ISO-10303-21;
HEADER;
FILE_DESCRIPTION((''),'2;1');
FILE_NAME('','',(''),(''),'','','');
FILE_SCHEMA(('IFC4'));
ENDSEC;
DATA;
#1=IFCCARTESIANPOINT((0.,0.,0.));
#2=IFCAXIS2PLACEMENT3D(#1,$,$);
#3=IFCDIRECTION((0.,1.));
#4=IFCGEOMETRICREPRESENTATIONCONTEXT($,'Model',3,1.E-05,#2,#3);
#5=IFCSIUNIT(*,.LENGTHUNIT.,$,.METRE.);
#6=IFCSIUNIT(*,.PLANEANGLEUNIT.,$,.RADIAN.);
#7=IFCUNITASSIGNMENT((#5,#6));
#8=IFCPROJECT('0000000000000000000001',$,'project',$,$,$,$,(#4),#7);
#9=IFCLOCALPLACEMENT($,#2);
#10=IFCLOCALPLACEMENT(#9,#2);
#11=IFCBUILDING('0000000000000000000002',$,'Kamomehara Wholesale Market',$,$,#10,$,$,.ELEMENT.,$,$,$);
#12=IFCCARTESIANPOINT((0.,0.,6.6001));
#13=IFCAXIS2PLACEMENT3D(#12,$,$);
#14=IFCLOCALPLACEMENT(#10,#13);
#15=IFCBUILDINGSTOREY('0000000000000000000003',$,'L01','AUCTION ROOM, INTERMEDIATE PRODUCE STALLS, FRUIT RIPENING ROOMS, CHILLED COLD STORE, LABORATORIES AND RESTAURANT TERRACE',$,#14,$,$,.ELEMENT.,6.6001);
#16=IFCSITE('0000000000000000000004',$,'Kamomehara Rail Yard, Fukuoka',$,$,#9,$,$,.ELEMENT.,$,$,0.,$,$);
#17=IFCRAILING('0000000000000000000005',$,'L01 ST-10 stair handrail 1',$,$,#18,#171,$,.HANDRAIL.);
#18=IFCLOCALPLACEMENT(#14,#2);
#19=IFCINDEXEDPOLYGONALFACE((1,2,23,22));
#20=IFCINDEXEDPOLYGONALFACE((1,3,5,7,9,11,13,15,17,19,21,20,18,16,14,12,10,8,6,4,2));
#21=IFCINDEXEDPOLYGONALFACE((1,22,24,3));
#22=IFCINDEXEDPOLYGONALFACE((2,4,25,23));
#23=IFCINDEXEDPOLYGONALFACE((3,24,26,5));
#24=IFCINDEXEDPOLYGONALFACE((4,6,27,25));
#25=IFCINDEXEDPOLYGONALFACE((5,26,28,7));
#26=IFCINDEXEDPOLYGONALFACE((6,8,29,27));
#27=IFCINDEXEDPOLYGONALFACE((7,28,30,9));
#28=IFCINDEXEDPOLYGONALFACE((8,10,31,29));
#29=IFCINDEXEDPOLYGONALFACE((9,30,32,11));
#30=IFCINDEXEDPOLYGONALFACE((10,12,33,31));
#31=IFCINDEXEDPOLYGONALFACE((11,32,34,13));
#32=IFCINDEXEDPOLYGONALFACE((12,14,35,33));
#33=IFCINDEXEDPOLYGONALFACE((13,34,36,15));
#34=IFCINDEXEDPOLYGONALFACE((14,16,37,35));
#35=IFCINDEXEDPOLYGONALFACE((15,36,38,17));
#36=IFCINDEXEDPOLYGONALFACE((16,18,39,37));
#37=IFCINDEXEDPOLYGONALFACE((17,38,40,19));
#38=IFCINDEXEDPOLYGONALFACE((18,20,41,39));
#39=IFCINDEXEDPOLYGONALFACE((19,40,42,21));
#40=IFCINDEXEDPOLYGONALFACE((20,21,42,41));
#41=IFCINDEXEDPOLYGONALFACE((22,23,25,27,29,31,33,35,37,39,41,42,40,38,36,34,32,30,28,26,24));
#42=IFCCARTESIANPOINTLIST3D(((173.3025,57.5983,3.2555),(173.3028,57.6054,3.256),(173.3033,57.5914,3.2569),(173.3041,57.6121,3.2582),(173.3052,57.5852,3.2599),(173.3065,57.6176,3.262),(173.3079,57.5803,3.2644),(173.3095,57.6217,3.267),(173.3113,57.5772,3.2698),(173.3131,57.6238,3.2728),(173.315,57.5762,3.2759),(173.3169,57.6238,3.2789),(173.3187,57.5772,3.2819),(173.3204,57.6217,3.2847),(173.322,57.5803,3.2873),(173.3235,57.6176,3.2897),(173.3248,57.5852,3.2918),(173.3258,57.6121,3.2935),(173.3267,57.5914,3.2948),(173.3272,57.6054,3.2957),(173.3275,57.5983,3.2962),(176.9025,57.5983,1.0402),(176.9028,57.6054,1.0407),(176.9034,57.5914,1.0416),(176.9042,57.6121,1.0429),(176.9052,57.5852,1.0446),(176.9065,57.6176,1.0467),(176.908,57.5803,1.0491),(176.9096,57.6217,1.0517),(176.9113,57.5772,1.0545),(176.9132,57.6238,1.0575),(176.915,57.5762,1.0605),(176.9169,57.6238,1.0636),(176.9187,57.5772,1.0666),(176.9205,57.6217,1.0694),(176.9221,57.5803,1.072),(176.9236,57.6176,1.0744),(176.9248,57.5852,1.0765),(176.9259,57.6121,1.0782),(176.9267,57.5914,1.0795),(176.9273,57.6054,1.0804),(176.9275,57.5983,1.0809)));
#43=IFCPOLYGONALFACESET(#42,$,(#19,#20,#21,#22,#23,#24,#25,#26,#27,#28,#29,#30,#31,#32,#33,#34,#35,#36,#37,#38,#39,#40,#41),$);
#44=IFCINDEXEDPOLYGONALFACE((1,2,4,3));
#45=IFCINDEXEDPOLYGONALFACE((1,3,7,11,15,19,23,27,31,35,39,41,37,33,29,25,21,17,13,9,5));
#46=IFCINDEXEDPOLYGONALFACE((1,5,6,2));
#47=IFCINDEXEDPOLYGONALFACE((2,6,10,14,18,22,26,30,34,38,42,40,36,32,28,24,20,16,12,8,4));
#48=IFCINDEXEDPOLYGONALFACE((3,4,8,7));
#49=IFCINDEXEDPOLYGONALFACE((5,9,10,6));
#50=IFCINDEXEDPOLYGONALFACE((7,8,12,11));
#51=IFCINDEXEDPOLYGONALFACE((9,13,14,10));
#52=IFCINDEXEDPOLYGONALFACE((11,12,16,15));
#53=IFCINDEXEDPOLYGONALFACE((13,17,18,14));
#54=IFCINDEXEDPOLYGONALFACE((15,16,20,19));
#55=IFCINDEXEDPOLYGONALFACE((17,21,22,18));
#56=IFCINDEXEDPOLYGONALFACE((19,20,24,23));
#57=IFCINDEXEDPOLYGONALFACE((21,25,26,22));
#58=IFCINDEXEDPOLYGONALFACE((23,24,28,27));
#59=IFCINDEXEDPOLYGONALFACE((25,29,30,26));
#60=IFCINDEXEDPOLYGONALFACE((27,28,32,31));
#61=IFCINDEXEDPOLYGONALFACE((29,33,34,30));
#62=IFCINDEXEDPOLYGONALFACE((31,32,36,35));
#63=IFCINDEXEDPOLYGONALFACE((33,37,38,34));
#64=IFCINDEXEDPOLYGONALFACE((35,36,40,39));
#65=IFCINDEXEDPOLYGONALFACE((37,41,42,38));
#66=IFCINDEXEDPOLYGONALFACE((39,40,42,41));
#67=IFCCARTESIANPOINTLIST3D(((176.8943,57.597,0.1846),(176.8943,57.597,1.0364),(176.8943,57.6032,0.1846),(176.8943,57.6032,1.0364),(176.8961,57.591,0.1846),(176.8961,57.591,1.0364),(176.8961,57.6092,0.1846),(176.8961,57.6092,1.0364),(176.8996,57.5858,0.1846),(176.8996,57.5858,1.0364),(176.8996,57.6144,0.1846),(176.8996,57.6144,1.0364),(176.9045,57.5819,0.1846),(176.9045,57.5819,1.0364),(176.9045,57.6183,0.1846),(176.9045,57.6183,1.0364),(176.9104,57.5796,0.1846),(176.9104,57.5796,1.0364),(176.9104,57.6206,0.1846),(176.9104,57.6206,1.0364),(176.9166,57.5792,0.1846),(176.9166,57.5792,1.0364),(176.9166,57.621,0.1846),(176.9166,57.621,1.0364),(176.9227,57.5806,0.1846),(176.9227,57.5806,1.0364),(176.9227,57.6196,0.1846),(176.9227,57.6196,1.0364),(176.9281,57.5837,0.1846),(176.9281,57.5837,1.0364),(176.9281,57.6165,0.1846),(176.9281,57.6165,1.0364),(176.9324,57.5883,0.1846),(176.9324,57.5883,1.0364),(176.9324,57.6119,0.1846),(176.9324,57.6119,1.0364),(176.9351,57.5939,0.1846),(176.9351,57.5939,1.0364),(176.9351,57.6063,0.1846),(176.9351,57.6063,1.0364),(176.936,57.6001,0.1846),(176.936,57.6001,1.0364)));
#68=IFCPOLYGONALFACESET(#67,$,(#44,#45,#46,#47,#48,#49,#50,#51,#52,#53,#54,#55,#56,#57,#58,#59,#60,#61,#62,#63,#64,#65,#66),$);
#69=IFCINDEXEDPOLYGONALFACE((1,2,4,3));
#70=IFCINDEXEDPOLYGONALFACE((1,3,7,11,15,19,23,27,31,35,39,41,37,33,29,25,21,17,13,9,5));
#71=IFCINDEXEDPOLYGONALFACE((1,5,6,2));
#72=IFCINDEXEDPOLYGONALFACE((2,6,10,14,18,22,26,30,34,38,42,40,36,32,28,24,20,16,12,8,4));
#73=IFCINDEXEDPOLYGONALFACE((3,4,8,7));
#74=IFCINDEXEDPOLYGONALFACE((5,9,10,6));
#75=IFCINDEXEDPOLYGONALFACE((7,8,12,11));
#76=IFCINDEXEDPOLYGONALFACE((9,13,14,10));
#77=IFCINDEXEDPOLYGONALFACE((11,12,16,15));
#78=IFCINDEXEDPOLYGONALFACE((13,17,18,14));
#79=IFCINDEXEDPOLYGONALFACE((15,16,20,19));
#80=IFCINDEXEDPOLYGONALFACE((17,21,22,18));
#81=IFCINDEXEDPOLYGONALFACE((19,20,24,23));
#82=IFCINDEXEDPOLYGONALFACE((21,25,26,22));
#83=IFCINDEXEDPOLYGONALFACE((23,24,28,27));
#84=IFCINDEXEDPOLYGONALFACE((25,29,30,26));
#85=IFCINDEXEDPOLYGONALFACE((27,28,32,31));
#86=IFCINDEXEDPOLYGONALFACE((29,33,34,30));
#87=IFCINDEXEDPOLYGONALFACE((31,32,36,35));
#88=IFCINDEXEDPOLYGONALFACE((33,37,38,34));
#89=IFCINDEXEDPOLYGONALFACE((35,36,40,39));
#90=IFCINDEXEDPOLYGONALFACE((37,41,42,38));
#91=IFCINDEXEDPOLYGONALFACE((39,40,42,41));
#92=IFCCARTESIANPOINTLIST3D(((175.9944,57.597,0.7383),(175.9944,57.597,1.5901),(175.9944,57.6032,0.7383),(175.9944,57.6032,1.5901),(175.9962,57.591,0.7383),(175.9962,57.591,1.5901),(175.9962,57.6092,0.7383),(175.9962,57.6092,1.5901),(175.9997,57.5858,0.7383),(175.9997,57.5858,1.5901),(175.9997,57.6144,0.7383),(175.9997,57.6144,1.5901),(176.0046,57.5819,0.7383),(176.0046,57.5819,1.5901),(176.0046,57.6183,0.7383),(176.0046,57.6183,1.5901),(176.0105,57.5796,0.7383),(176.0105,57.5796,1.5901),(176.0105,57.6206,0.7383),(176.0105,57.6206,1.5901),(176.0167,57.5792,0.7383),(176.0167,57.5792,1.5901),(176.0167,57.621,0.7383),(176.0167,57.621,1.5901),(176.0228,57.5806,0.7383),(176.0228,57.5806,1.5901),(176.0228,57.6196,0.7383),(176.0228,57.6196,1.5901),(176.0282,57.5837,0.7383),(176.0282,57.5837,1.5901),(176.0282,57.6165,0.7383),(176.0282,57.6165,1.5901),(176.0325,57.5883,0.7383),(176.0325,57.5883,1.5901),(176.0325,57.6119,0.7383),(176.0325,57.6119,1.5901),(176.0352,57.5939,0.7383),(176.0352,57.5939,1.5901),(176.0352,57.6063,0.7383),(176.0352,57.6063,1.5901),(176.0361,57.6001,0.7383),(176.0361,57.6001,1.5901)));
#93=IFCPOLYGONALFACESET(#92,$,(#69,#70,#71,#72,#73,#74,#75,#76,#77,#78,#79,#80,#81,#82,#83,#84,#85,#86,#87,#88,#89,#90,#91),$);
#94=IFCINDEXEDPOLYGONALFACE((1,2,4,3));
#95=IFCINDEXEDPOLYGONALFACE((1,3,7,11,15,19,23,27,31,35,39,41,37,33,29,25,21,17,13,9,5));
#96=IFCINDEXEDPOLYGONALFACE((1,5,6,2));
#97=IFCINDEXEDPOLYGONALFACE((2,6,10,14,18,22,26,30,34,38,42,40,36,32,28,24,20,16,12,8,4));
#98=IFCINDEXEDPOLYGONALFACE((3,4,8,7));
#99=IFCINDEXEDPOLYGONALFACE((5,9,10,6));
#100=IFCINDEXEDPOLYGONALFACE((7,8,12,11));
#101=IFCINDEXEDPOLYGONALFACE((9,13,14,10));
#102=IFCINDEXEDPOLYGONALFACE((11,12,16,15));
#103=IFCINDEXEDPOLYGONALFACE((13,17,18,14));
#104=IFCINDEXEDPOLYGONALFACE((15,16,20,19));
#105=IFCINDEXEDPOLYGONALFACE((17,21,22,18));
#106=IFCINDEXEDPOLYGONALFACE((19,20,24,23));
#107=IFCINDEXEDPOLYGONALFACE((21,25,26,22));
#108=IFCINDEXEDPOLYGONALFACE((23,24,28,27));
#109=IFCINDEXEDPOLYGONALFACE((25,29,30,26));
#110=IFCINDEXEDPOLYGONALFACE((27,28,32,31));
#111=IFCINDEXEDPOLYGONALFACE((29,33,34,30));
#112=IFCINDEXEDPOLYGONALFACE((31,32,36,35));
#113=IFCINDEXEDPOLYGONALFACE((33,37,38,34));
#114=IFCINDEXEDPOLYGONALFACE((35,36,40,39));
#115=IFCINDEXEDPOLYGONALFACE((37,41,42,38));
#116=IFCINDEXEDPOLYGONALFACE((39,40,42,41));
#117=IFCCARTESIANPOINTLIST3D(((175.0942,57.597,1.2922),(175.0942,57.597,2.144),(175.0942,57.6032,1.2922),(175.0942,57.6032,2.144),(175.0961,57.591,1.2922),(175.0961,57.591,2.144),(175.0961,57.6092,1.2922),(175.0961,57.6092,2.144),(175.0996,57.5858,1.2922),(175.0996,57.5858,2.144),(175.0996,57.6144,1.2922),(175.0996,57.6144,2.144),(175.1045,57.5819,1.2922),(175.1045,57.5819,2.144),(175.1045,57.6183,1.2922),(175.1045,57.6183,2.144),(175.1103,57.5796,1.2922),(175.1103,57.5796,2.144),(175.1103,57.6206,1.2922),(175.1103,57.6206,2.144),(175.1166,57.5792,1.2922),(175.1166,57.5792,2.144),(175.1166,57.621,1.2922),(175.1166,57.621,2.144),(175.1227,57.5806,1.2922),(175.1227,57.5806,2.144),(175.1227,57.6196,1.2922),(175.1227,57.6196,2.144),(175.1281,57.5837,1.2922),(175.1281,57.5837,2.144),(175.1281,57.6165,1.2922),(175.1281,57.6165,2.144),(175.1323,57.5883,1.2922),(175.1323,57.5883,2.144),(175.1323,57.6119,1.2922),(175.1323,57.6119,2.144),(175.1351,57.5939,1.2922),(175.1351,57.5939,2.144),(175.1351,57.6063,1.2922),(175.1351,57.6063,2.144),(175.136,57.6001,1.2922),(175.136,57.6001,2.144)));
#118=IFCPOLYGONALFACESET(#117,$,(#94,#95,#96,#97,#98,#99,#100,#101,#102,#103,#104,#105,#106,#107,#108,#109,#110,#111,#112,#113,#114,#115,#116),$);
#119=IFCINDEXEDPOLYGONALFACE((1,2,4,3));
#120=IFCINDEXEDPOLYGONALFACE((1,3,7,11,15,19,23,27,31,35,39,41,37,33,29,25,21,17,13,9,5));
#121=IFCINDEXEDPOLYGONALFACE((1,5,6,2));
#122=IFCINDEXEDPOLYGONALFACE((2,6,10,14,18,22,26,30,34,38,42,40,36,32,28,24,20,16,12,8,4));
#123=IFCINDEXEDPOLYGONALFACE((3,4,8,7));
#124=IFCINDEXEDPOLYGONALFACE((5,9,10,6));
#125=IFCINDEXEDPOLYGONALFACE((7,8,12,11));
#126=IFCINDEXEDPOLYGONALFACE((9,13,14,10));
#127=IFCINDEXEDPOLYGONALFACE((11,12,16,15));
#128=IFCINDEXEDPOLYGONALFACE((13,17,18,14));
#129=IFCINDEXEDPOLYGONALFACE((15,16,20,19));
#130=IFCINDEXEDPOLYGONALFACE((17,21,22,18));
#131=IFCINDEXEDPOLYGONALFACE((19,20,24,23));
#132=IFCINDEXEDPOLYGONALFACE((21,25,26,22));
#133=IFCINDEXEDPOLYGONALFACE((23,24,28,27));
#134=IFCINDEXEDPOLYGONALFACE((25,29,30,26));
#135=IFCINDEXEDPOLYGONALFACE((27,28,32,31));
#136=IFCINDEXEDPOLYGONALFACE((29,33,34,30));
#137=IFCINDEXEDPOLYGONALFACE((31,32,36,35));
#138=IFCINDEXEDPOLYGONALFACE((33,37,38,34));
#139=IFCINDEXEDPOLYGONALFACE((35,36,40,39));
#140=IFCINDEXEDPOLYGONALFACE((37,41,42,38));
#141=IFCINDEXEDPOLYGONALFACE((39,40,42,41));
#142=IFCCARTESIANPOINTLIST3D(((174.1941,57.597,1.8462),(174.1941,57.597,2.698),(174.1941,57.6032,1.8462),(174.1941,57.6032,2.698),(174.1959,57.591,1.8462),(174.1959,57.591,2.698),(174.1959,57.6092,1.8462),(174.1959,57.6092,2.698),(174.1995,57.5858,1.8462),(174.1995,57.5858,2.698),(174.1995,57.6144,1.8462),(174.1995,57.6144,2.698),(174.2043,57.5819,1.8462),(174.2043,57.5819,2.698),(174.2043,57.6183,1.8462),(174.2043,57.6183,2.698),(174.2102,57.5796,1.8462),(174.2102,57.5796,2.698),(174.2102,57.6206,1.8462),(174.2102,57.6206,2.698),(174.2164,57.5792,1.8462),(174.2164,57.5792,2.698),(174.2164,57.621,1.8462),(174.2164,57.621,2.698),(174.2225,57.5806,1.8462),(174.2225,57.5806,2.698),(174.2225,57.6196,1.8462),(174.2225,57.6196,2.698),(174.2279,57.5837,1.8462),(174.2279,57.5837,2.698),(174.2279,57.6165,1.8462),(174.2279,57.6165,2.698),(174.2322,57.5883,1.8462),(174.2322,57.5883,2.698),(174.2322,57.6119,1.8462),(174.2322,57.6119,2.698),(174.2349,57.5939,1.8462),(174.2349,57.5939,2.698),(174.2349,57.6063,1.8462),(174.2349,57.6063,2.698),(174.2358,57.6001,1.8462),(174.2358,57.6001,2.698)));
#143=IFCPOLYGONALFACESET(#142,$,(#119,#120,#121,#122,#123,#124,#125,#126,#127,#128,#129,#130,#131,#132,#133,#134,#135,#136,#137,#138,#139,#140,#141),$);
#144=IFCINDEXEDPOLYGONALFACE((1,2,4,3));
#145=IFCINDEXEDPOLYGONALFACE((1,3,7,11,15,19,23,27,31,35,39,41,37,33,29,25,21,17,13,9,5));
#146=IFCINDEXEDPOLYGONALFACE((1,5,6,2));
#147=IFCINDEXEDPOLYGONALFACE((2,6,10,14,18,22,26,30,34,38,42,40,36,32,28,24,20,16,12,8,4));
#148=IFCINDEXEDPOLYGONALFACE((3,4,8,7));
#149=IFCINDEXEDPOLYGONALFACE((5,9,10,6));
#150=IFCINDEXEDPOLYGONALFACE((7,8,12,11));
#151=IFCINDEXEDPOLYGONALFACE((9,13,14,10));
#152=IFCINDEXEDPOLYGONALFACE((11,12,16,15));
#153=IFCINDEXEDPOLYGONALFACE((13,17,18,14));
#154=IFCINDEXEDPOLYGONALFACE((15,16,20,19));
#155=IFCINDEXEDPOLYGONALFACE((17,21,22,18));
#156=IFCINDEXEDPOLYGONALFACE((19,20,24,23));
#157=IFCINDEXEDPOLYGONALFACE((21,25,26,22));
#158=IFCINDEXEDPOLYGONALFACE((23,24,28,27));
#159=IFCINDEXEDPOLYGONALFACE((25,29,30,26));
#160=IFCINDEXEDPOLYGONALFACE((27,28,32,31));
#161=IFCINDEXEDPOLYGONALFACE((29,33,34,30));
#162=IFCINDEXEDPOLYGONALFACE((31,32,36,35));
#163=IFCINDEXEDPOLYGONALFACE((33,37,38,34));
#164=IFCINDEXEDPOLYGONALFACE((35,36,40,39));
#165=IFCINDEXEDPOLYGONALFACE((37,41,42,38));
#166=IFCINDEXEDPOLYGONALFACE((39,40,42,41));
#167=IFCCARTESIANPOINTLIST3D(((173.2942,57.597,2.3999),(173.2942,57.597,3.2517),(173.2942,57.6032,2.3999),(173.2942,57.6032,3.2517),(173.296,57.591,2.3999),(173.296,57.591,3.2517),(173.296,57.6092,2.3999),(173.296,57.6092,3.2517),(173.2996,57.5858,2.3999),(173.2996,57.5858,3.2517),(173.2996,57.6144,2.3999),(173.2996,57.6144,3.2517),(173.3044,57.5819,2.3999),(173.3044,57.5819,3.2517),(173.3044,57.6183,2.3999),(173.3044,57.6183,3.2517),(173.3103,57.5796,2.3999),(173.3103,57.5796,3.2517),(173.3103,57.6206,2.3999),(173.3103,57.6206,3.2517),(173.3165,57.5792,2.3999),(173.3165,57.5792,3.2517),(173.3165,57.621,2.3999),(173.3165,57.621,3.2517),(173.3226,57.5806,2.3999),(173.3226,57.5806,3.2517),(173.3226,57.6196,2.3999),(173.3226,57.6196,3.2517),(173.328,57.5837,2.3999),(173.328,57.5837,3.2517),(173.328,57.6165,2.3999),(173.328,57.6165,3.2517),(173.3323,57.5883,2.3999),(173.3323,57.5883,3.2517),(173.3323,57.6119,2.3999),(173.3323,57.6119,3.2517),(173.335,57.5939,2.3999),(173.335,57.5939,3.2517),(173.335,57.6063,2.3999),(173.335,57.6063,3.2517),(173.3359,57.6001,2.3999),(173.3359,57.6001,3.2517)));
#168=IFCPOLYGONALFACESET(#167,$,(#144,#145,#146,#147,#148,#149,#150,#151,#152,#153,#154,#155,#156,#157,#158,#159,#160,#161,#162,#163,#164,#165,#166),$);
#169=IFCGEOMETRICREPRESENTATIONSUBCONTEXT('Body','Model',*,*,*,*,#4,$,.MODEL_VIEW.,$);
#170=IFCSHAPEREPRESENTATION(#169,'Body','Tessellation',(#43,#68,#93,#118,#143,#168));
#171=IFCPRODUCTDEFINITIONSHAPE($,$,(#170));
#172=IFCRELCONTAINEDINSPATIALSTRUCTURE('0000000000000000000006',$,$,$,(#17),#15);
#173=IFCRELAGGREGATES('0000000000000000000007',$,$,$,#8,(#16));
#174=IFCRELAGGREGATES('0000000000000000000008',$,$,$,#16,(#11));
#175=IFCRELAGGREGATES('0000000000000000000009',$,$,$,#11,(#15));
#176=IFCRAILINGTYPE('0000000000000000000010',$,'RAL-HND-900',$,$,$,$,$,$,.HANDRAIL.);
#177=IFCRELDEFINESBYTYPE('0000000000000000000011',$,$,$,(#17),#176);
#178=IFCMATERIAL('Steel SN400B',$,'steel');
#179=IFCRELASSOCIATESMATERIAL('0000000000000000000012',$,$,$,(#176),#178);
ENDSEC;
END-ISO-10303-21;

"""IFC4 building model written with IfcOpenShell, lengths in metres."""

from ifc_helpers import new_model, si_unit, direction, frame, origin, origin_2d, place, context, subcontext, project, spatial, circle, extrude, material, type_object, element, save


model = new_model("IFC4")

# Units and contexts
model_context = context("Model", 3, precision=1e-05, world=origin(), true_north=direction((0.0, 1.0)))
body_context = subcontext(model_context, "Body", "Model", "MODEL_VIEW")
ifc_project = project(units=[si_unit("LENGTHUNIT", "METRE"), si_unit("PLANEANGLEUNIT", "RADIAN")], contexts=[model_context])

# Site, building, storey
site_placement = place(None, origin())
site = spatial("IfcSite", under=ifc_project, at=site_placement, Name="Kamomehara Rail Yard, Fukuoka", CompositionType="ELEMENT", RefElevation=0.0)
building_placement = place(site_placement, origin())
building = spatial("IfcBuilding", under=site, at=building_placement, Name="Kamomehara Wholesale Market", CompositionType="ELEMENT")
storey_placement = place(building_placement, frame((0.0, 0.0, 6.6001)))
storey = spatial("IfcBuildingStorey", under=building, at=storey_placement, Name="L01", Description="AUCTION ROOM, INTERMEDIATE PRODUCE STALLS, FRUIT RIPENING ROOMS, CHILLED COLD STORE, LABORATORIES AND RESTAURANT TERRACE", CompositionType="ELEMENT", Elevation=6.6001)

# Railing
ifc_material_1 = material(Name="Steel SN400B", Category="steel")
railing_type_1 = type_object("IfcRailingType", Name="RAL-HND-900", PredefinedType="HANDRAIL", material=ifc_material_1)
railing_1_placement = place(storey_placement, frame((176.915, 57.6001, 0.1846)))
element("IfcRailing", 1, at=railing_1_placement, inside=storey, type_object=railing_type_1, Name="L01 ST-10 stair handrail 1", PredefinedType="HANDRAIL", context=body_context, shape_type="SweptSolid", body=[
    extrude(circle(Radius=0.0239, at=origin_2d()), frame((0.0, 0.0, 0.876), z_axis=(-0.85167, 0.0, 0.524078), x_axis=(0.0, -1.0, 0.0)), (0.0, 0.0, 1.0), 4.2271),
    extrude(circle(Radius=0.021, at=origin_2d()), origin(), (0.0, 0.0, 1.0), 0.8518),
    extrude(circle(Radius=0.021, at=origin_2d()), frame((-0.8999, 0.0, 0.5537)), (0.0, 0.0, 1.0), 0.8518),
    extrude(circle(Radius=0.021, at=origin_2d()), frame((-1.8, 0.0, 1.1077)), (0.0, 0.0, 1.0), 0.8518),
    extrude(circle(Radius=0.021, at=origin_2d()), frame((-2.7002, 0.0, 1.6616)), (0.0, 0.0, 1.0), 0.8518),
    extrude(circle(Radius=0.021, at=origin_2d()), frame((-3.6001, 0.0, 2.2153)), (0.0, 0.0, 1.0), 0.8518),
])

save(model, "model.ifc")
